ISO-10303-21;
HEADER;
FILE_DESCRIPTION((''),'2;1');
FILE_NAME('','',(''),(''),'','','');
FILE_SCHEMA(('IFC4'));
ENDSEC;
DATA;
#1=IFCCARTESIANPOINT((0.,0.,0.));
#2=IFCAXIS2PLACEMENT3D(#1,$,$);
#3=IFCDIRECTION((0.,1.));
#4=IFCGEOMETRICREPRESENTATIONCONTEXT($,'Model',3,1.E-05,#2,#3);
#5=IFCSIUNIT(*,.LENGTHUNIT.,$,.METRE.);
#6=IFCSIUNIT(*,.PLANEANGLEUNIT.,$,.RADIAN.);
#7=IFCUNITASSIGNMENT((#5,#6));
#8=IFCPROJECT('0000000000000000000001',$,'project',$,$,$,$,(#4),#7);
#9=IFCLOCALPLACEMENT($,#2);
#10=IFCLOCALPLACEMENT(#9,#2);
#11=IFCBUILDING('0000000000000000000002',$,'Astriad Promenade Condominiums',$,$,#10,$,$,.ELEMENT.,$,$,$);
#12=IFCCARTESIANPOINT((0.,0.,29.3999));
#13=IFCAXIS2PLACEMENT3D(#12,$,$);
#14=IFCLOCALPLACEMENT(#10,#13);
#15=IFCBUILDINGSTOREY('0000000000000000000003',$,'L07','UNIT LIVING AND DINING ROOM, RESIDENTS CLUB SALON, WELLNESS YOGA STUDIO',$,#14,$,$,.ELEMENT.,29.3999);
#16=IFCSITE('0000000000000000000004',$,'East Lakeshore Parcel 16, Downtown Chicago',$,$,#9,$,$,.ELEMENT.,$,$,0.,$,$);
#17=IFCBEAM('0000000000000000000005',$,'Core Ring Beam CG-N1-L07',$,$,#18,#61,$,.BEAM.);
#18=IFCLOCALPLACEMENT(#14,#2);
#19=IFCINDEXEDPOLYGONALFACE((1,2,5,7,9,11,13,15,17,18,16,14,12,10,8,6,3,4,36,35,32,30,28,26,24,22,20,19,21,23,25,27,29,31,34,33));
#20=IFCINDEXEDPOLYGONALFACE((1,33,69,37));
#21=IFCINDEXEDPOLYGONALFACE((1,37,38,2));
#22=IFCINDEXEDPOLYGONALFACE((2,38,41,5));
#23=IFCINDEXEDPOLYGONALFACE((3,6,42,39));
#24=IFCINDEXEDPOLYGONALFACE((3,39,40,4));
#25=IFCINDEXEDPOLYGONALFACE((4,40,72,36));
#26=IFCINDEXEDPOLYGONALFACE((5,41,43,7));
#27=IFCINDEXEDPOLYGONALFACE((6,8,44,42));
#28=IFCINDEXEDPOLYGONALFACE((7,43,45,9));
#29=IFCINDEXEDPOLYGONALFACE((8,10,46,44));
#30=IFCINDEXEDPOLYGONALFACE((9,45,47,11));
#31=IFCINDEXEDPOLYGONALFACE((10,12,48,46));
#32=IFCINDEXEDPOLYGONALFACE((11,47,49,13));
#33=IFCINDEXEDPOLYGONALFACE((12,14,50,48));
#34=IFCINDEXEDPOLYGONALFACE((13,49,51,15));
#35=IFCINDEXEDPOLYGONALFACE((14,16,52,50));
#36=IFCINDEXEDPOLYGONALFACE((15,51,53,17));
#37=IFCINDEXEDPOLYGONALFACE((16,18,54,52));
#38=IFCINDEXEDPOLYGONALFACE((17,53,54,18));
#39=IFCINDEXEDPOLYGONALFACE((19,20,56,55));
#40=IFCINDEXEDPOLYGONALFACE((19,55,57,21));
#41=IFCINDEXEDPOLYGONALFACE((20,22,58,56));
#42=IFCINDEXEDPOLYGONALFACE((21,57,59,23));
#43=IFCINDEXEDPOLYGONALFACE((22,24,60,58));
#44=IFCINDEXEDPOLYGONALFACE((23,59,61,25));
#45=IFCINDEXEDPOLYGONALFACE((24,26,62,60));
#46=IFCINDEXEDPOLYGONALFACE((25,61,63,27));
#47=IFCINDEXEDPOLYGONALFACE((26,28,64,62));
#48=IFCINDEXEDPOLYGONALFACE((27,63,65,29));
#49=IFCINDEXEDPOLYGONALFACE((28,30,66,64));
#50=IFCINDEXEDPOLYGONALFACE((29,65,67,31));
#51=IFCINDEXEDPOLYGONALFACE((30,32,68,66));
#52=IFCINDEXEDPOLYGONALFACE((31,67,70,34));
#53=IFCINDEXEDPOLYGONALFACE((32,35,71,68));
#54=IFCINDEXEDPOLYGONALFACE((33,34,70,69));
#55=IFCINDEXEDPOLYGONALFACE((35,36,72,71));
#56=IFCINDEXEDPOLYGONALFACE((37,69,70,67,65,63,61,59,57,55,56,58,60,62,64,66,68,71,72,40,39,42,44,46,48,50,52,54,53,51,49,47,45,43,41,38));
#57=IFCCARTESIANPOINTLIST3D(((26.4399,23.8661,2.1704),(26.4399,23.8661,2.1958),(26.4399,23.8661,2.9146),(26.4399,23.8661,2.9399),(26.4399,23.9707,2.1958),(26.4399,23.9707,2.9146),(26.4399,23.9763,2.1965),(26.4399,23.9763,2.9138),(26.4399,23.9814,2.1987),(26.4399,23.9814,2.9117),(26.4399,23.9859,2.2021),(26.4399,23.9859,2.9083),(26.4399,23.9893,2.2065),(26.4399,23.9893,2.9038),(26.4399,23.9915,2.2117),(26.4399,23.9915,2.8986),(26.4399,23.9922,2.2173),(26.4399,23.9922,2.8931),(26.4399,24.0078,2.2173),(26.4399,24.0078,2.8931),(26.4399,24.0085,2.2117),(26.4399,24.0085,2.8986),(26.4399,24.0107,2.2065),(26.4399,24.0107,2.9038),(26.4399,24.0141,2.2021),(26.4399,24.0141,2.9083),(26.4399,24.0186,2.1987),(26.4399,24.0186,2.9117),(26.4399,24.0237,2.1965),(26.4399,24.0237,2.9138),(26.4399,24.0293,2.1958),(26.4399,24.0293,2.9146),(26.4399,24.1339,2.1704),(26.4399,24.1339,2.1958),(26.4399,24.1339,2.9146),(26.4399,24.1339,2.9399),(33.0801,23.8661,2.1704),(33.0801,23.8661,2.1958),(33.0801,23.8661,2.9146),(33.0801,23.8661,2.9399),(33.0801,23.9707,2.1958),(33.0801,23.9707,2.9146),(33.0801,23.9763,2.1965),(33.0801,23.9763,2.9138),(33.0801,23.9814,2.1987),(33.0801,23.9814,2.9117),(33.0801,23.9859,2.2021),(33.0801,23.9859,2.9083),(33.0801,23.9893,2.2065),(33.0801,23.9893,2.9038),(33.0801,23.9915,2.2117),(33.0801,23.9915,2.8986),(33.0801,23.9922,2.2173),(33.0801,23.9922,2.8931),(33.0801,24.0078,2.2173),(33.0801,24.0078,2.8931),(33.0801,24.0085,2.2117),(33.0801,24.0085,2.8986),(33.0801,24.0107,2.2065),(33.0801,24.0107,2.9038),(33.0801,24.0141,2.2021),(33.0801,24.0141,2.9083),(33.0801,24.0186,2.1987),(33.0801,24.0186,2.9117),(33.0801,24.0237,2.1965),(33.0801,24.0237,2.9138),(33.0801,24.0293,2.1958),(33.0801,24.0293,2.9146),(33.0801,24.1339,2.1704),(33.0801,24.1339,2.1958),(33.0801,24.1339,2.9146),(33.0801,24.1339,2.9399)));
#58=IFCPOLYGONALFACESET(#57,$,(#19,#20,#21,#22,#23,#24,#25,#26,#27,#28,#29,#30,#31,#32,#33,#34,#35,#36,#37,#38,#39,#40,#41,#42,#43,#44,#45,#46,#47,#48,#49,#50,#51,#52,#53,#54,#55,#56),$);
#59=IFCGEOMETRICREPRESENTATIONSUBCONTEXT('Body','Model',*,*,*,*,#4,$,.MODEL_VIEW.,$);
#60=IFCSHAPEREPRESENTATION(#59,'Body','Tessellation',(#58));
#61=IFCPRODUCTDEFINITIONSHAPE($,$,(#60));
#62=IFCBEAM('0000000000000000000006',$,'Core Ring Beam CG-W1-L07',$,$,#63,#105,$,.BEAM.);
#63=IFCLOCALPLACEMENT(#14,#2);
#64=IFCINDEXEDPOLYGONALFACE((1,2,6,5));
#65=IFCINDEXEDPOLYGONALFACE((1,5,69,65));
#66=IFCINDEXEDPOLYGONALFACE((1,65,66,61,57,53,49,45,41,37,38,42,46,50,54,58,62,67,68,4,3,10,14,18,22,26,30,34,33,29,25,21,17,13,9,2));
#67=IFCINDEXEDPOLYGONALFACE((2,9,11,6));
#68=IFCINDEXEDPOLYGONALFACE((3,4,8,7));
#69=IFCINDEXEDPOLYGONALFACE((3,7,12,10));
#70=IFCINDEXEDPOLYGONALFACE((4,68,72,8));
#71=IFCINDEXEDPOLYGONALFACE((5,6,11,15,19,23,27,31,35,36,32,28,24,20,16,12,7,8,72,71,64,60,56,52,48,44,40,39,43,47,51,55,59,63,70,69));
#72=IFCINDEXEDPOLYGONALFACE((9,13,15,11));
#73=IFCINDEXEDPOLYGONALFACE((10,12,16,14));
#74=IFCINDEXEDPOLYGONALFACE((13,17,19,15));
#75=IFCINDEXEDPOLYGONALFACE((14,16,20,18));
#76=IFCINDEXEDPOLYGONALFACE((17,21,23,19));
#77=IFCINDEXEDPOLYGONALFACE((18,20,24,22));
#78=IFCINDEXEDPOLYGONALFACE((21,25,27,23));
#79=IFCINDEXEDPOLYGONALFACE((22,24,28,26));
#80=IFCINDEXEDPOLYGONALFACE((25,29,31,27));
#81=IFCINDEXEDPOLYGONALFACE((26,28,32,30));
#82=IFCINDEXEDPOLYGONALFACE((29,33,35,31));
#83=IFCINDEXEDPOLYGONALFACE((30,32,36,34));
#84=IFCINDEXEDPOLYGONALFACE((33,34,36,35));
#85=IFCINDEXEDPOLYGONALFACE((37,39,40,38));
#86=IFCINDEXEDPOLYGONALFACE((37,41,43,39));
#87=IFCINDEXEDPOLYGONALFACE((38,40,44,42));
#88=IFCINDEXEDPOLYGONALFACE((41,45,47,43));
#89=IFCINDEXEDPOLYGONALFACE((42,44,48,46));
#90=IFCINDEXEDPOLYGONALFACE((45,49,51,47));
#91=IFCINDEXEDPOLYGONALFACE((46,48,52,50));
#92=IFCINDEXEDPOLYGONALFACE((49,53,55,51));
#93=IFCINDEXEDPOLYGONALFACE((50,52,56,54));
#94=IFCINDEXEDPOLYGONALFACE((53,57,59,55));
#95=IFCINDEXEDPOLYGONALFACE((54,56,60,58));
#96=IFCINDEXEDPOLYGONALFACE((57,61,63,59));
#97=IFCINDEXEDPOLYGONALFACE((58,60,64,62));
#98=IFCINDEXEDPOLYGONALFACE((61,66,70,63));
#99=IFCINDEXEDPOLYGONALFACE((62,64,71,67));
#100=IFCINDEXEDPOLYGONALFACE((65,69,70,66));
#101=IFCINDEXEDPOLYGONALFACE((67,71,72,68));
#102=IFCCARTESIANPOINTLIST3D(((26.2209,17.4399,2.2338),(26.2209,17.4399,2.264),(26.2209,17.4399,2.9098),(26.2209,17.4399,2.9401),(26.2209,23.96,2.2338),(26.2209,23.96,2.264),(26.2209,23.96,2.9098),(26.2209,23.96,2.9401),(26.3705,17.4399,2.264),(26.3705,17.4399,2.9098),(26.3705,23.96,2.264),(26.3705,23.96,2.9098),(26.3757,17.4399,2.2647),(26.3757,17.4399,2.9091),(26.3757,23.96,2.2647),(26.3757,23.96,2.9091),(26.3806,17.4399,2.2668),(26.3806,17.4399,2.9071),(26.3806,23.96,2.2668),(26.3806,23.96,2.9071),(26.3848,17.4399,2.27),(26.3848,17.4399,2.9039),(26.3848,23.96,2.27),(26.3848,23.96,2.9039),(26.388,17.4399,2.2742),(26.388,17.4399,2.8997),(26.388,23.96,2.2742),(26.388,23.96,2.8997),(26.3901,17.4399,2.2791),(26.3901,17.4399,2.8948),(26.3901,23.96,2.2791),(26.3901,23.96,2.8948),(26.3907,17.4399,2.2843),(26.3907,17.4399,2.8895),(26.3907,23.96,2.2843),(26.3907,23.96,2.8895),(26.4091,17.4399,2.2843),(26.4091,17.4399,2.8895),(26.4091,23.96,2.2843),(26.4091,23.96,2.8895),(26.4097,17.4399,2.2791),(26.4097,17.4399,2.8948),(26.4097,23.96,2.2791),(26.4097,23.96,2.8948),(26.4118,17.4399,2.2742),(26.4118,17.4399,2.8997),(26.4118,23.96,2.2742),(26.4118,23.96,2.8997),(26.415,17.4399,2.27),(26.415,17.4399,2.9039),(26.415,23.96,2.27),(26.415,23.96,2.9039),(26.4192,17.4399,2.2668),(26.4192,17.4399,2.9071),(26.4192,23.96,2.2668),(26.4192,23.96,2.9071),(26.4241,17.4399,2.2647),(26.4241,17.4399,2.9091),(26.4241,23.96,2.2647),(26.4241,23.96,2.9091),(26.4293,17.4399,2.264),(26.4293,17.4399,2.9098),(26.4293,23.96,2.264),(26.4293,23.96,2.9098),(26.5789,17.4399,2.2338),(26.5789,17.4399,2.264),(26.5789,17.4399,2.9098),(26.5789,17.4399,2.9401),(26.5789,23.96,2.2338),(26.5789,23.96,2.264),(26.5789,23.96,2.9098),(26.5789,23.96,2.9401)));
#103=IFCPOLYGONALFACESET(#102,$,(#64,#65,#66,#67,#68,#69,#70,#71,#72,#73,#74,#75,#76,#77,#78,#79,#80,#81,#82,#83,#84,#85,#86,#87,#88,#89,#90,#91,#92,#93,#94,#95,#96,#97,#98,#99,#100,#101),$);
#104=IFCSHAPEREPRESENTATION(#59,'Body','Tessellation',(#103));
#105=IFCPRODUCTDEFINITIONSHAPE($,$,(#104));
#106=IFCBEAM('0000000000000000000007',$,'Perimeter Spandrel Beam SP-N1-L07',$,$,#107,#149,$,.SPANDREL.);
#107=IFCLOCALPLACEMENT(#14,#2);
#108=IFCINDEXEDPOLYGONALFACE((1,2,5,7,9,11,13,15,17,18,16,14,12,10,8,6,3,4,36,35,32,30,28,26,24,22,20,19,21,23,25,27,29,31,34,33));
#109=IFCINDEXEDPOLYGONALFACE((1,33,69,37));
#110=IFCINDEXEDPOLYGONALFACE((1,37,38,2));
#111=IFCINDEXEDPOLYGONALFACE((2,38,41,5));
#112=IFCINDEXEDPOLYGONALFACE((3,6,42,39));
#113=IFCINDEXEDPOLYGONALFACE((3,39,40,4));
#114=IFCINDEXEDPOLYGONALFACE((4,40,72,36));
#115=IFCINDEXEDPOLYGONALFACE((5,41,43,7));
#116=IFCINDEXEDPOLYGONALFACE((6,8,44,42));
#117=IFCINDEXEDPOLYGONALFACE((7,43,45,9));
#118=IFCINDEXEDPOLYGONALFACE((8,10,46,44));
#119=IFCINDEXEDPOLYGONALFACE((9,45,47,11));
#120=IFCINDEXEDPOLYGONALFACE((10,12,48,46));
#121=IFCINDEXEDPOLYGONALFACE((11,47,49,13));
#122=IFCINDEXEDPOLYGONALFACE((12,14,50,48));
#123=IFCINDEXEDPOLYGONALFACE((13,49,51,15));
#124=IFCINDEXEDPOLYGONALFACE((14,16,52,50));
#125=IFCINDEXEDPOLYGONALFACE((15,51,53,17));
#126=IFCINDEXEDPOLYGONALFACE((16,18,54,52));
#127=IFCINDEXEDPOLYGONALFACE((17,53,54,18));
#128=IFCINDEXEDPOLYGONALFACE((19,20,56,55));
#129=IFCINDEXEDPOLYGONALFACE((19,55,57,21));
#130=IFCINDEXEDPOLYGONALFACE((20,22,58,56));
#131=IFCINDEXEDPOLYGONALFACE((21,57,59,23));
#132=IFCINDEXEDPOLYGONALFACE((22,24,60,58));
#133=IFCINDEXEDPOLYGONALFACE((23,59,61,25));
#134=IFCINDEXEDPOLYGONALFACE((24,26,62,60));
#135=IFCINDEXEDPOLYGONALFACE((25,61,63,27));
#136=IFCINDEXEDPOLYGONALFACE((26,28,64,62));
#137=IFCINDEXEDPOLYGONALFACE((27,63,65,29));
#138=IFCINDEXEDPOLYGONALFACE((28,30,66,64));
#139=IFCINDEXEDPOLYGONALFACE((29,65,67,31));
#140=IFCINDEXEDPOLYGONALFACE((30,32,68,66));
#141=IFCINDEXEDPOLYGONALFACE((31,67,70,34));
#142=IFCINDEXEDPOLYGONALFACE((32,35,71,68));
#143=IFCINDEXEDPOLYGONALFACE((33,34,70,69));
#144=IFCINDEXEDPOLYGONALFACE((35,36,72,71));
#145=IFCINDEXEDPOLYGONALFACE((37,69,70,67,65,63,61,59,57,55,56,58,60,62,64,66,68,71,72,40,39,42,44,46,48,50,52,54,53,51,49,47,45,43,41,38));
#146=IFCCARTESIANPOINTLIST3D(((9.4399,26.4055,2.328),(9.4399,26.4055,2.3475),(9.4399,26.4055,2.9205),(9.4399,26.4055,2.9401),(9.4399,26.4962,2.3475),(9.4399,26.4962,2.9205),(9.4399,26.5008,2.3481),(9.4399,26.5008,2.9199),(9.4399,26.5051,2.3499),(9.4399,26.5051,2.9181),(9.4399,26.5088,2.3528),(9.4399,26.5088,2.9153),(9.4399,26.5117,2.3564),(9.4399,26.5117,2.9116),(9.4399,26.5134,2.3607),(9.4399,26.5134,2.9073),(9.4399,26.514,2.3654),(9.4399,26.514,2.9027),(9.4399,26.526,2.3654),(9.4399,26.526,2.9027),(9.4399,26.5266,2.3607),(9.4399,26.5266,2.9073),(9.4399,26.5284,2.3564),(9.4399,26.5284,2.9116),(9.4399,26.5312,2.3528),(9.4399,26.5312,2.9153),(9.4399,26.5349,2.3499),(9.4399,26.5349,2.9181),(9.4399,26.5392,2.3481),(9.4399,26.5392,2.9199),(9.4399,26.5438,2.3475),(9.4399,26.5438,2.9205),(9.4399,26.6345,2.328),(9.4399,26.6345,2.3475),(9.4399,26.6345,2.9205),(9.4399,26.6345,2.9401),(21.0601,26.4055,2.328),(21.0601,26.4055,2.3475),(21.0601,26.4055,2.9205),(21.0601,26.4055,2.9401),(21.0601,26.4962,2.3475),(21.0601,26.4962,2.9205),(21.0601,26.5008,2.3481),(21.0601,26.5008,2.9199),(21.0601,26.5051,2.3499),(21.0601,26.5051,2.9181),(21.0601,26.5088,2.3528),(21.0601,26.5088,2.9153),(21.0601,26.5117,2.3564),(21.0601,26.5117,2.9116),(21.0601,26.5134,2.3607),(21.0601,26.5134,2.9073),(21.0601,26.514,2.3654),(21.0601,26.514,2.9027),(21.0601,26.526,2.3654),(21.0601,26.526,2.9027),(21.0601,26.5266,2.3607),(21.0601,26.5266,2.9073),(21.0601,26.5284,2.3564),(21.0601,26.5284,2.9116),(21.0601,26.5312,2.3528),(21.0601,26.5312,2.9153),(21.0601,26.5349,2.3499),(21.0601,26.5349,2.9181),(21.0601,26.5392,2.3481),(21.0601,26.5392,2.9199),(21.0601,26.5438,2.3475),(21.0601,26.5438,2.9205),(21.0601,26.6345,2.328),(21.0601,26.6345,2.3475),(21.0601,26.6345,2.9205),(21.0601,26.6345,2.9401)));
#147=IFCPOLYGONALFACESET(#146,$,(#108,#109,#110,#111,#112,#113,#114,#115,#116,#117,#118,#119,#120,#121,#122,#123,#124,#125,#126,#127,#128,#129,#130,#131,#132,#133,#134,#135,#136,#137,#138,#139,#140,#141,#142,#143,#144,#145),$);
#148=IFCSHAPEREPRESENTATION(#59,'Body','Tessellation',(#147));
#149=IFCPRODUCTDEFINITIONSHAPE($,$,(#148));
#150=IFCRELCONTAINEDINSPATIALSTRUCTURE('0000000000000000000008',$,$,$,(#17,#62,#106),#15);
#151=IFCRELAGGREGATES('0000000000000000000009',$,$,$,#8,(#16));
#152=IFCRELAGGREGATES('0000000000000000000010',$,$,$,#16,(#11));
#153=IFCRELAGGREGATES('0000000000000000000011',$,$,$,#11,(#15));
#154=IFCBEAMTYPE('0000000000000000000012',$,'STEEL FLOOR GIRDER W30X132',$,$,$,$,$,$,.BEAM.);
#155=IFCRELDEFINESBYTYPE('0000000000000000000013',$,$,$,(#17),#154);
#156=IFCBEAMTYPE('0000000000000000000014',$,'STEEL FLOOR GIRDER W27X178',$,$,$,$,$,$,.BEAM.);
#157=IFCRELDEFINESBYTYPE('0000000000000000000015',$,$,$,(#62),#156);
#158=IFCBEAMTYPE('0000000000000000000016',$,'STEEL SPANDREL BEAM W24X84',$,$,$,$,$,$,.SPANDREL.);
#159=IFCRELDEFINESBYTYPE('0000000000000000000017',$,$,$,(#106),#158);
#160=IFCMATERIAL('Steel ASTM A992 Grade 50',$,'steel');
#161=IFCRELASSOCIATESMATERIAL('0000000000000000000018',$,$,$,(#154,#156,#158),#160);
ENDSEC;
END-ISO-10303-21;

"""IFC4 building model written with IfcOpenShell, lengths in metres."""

from ifc_helpers import new_model, si_unit, direction, frame, origin, origin_2d, place, context, subcontext, project, spatial, i_section, extrude, source, transform, mapped, material, material_profile, profile_set, type_object, type_shapes, element, save


model = new_model("IFC4")

# Units and contexts
model_context = context("Model", 3, precision=1e-05, world=origin(), true_north=direction((0.0, 1.0)))
body_context = subcontext(model_context, "Body", "Model", "MODEL_VIEW")
ifc_project = project(units=[si_unit("LENGTHUNIT", "METRE"), si_unit("PLANEANGLEUNIT", "RADIAN")], contexts=[model_context])

# Site, building, storey
site_placement = place(None, origin())
site = spatial("IfcSite", under=ifc_project, at=site_placement, Name="East Lakeshore Parcel 16, Downtown Chicago", CompositionType="ELEMENT", RefElevation=0.0)
building_placement = place(site_placement, origin())
building = spatial("IfcBuilding", under=site, at=building_placement, Name="Astriad Promenade Condominiums", CompositionType="ELEMENT")
storey_placement = place(building_placement, frame((0.0, 0.0, 29.3999)))
storey = spatial("IfcBuildingStorey", under=building, at=storey_placement, Name="L07", Description="UNIT LIVING AND DINING ROOM, RESIDENTS CLUB SALON, WELLNESS YOGA STUDIO", CompositionType="ELEMENT", Elevation=29.3999)

# Shared definitions
ifc_material_1 = material(Name="Steel ASTM A992 Grade 50", Category="steel")

# Beams
ifc_material_profile_1 = material_profile(ifc_material_1, i_section(OverallWidth=0.2678, OverallDepth=0.7695, WebThickness=0.0156, FlangeThickness=0.0254, FilletRadius=0.0215, at=origin_2d()), Name="W30X132")
ifc_profile_set_1 = profile_set([ifc_material_profile_1], Name="Steel ASTM A992 Grade 50")
beam_type_1 = type_object("IfcBeamType", Name="STEEL FLOOR GIRDER W30X132", PredefinedType="BEAM", material=ifc_profile_set_1)
shared_shape_1 = source(origin(), body_context, "Body", "SweptSolid", [
    extrude(i_section(OverallWidth=0.2678, OverallDepth=0.7695, WebThickness=0.0156, FlangeThickness=0.0254, FilletRadius=0.0215, at=origin_2d()), origin(), (0.0, 0.0, 1.0), 6.6401),
])
type_shapes(beam_type_1, [shared_shape_1])
beam_1_placement = place(storey_placement, frame((26.4399, 24.0, 2.5552), z_axis=(1.0, 0.0, 0.0), x_axis=(0.0, 1.0, 0.0)))
element("IfcBeam", 1, at=beam_1_placement, inside=storey, type_object=beam_type_1, Name="Core Ring Beam CG-N1-L07", PredefinedType="BEAM", context=body_context, shape_type="MappedRepresentation", body=[
    mapped(shared_shape_1, transform((0.0, 0.0, 0.0), scale=1.0)),
])
ifc_material_profile_2 = material_profile(ifc_material_1, i_section(OverallWidth=0.3579, OverallDepth=0.7063, WebThickness=0.0183, FlangeThickness=0.0303, FilletRadius=0.0203, at=origin_2d()), Name="W27X178")
ifc_profile_set_2 = profile_set([ifc_material_profile_2], Name="Steel ASTM A992 Grade 50")
beam_type_2 = type_object("IfcBeamType", Name="STEEL FLOOR GIRDER W27X178", PredefinedType="BEAM", material=ifc_profile_set_2)
shared_shape_2 = source(origin(), body_context, "Body", "SweptSolid", [
    extrude(i_section(OverallWidth=0.3579, OverallDepth=0.7063, WebThickness=0.0183, FlangeThickness=0.0303, FilletRadius=0.0203, at=origin_2d()), origin(), (0.0, 0.0, 1.0), 6.52),
])
type_shapes(beam_type_2, [shared_shape_2])
beam_2_placement = place(storey_placement, frame((26.3999, 17.4399, 2.5869), z_axis=(0.0, 1.0, 0.0), x_axis=(-1.0, 0.0, 0.0)))
element("IfcBeam", 2, at=beam_2_placement, inside=storey, type_object=beam_type_2, Name="Core Ring Beam CG-W1-L07", PredefinedType="BEAM", context=body_context, shape_type="MappedRepresentation", body=[
    mapped(shared_shape_2, transform((0.0, 0.0, 0.0), scale=1.0)),
])
ifc_material_profile_3 = material_profile(ifc_material_1, i_section(OverallWidth=0.229, OverallDepth=0.6121, WebThickness=0.012, FlangeThickness=0.0195, FilletRadius=0.0178, at=origin_2d()), Name="W24X84")
ifc_profile_set_3 = profile_set([ifc_material_profile_3], Name="Steel ASTM A992 Grade 50")
beam_type_3 = type_object("IfcBeamType", Name="STEEL SPANDREL BEAM W24X84", PredefinedType="SPANDREL", material=ifc_profile_set_3)
shared_shape_3 = source(origin(), body_context, "Body", "SweptSolid", [
    extrude(i_section(OverallWidth=0.229, OverallDepth=0.6121, WebThickness=0.012, FlangeThickness=0.0195, FilletRadius=0.0178, at=origin_2d()), origin(), (0.0, 0.0, 1.0), 11.6201),
])
type_shapes(beam_type_3, [shared_shape_3])
beam_3_placement = place(storey_placement, frame((21.0601, 26.52, 2.634), z_axis=(-1.0, 0.0, 0.0), x_axis=(0.0, -1.0, 0.0)))
element("IfcBeam", 3, at=beam_3_placement, inside=storey, type_object=beam_type_3, Name="Perimeter Spandrel Beam SP-N1-L07", PredefinedType="SPANDREL", context=body_context, shape_type="MappedRepresentation", body=[
    mapped(shared_shape_3, transform((0.0, 0.0, 0.0), scale=1.0)),
])

save(model, "model.ifc")
